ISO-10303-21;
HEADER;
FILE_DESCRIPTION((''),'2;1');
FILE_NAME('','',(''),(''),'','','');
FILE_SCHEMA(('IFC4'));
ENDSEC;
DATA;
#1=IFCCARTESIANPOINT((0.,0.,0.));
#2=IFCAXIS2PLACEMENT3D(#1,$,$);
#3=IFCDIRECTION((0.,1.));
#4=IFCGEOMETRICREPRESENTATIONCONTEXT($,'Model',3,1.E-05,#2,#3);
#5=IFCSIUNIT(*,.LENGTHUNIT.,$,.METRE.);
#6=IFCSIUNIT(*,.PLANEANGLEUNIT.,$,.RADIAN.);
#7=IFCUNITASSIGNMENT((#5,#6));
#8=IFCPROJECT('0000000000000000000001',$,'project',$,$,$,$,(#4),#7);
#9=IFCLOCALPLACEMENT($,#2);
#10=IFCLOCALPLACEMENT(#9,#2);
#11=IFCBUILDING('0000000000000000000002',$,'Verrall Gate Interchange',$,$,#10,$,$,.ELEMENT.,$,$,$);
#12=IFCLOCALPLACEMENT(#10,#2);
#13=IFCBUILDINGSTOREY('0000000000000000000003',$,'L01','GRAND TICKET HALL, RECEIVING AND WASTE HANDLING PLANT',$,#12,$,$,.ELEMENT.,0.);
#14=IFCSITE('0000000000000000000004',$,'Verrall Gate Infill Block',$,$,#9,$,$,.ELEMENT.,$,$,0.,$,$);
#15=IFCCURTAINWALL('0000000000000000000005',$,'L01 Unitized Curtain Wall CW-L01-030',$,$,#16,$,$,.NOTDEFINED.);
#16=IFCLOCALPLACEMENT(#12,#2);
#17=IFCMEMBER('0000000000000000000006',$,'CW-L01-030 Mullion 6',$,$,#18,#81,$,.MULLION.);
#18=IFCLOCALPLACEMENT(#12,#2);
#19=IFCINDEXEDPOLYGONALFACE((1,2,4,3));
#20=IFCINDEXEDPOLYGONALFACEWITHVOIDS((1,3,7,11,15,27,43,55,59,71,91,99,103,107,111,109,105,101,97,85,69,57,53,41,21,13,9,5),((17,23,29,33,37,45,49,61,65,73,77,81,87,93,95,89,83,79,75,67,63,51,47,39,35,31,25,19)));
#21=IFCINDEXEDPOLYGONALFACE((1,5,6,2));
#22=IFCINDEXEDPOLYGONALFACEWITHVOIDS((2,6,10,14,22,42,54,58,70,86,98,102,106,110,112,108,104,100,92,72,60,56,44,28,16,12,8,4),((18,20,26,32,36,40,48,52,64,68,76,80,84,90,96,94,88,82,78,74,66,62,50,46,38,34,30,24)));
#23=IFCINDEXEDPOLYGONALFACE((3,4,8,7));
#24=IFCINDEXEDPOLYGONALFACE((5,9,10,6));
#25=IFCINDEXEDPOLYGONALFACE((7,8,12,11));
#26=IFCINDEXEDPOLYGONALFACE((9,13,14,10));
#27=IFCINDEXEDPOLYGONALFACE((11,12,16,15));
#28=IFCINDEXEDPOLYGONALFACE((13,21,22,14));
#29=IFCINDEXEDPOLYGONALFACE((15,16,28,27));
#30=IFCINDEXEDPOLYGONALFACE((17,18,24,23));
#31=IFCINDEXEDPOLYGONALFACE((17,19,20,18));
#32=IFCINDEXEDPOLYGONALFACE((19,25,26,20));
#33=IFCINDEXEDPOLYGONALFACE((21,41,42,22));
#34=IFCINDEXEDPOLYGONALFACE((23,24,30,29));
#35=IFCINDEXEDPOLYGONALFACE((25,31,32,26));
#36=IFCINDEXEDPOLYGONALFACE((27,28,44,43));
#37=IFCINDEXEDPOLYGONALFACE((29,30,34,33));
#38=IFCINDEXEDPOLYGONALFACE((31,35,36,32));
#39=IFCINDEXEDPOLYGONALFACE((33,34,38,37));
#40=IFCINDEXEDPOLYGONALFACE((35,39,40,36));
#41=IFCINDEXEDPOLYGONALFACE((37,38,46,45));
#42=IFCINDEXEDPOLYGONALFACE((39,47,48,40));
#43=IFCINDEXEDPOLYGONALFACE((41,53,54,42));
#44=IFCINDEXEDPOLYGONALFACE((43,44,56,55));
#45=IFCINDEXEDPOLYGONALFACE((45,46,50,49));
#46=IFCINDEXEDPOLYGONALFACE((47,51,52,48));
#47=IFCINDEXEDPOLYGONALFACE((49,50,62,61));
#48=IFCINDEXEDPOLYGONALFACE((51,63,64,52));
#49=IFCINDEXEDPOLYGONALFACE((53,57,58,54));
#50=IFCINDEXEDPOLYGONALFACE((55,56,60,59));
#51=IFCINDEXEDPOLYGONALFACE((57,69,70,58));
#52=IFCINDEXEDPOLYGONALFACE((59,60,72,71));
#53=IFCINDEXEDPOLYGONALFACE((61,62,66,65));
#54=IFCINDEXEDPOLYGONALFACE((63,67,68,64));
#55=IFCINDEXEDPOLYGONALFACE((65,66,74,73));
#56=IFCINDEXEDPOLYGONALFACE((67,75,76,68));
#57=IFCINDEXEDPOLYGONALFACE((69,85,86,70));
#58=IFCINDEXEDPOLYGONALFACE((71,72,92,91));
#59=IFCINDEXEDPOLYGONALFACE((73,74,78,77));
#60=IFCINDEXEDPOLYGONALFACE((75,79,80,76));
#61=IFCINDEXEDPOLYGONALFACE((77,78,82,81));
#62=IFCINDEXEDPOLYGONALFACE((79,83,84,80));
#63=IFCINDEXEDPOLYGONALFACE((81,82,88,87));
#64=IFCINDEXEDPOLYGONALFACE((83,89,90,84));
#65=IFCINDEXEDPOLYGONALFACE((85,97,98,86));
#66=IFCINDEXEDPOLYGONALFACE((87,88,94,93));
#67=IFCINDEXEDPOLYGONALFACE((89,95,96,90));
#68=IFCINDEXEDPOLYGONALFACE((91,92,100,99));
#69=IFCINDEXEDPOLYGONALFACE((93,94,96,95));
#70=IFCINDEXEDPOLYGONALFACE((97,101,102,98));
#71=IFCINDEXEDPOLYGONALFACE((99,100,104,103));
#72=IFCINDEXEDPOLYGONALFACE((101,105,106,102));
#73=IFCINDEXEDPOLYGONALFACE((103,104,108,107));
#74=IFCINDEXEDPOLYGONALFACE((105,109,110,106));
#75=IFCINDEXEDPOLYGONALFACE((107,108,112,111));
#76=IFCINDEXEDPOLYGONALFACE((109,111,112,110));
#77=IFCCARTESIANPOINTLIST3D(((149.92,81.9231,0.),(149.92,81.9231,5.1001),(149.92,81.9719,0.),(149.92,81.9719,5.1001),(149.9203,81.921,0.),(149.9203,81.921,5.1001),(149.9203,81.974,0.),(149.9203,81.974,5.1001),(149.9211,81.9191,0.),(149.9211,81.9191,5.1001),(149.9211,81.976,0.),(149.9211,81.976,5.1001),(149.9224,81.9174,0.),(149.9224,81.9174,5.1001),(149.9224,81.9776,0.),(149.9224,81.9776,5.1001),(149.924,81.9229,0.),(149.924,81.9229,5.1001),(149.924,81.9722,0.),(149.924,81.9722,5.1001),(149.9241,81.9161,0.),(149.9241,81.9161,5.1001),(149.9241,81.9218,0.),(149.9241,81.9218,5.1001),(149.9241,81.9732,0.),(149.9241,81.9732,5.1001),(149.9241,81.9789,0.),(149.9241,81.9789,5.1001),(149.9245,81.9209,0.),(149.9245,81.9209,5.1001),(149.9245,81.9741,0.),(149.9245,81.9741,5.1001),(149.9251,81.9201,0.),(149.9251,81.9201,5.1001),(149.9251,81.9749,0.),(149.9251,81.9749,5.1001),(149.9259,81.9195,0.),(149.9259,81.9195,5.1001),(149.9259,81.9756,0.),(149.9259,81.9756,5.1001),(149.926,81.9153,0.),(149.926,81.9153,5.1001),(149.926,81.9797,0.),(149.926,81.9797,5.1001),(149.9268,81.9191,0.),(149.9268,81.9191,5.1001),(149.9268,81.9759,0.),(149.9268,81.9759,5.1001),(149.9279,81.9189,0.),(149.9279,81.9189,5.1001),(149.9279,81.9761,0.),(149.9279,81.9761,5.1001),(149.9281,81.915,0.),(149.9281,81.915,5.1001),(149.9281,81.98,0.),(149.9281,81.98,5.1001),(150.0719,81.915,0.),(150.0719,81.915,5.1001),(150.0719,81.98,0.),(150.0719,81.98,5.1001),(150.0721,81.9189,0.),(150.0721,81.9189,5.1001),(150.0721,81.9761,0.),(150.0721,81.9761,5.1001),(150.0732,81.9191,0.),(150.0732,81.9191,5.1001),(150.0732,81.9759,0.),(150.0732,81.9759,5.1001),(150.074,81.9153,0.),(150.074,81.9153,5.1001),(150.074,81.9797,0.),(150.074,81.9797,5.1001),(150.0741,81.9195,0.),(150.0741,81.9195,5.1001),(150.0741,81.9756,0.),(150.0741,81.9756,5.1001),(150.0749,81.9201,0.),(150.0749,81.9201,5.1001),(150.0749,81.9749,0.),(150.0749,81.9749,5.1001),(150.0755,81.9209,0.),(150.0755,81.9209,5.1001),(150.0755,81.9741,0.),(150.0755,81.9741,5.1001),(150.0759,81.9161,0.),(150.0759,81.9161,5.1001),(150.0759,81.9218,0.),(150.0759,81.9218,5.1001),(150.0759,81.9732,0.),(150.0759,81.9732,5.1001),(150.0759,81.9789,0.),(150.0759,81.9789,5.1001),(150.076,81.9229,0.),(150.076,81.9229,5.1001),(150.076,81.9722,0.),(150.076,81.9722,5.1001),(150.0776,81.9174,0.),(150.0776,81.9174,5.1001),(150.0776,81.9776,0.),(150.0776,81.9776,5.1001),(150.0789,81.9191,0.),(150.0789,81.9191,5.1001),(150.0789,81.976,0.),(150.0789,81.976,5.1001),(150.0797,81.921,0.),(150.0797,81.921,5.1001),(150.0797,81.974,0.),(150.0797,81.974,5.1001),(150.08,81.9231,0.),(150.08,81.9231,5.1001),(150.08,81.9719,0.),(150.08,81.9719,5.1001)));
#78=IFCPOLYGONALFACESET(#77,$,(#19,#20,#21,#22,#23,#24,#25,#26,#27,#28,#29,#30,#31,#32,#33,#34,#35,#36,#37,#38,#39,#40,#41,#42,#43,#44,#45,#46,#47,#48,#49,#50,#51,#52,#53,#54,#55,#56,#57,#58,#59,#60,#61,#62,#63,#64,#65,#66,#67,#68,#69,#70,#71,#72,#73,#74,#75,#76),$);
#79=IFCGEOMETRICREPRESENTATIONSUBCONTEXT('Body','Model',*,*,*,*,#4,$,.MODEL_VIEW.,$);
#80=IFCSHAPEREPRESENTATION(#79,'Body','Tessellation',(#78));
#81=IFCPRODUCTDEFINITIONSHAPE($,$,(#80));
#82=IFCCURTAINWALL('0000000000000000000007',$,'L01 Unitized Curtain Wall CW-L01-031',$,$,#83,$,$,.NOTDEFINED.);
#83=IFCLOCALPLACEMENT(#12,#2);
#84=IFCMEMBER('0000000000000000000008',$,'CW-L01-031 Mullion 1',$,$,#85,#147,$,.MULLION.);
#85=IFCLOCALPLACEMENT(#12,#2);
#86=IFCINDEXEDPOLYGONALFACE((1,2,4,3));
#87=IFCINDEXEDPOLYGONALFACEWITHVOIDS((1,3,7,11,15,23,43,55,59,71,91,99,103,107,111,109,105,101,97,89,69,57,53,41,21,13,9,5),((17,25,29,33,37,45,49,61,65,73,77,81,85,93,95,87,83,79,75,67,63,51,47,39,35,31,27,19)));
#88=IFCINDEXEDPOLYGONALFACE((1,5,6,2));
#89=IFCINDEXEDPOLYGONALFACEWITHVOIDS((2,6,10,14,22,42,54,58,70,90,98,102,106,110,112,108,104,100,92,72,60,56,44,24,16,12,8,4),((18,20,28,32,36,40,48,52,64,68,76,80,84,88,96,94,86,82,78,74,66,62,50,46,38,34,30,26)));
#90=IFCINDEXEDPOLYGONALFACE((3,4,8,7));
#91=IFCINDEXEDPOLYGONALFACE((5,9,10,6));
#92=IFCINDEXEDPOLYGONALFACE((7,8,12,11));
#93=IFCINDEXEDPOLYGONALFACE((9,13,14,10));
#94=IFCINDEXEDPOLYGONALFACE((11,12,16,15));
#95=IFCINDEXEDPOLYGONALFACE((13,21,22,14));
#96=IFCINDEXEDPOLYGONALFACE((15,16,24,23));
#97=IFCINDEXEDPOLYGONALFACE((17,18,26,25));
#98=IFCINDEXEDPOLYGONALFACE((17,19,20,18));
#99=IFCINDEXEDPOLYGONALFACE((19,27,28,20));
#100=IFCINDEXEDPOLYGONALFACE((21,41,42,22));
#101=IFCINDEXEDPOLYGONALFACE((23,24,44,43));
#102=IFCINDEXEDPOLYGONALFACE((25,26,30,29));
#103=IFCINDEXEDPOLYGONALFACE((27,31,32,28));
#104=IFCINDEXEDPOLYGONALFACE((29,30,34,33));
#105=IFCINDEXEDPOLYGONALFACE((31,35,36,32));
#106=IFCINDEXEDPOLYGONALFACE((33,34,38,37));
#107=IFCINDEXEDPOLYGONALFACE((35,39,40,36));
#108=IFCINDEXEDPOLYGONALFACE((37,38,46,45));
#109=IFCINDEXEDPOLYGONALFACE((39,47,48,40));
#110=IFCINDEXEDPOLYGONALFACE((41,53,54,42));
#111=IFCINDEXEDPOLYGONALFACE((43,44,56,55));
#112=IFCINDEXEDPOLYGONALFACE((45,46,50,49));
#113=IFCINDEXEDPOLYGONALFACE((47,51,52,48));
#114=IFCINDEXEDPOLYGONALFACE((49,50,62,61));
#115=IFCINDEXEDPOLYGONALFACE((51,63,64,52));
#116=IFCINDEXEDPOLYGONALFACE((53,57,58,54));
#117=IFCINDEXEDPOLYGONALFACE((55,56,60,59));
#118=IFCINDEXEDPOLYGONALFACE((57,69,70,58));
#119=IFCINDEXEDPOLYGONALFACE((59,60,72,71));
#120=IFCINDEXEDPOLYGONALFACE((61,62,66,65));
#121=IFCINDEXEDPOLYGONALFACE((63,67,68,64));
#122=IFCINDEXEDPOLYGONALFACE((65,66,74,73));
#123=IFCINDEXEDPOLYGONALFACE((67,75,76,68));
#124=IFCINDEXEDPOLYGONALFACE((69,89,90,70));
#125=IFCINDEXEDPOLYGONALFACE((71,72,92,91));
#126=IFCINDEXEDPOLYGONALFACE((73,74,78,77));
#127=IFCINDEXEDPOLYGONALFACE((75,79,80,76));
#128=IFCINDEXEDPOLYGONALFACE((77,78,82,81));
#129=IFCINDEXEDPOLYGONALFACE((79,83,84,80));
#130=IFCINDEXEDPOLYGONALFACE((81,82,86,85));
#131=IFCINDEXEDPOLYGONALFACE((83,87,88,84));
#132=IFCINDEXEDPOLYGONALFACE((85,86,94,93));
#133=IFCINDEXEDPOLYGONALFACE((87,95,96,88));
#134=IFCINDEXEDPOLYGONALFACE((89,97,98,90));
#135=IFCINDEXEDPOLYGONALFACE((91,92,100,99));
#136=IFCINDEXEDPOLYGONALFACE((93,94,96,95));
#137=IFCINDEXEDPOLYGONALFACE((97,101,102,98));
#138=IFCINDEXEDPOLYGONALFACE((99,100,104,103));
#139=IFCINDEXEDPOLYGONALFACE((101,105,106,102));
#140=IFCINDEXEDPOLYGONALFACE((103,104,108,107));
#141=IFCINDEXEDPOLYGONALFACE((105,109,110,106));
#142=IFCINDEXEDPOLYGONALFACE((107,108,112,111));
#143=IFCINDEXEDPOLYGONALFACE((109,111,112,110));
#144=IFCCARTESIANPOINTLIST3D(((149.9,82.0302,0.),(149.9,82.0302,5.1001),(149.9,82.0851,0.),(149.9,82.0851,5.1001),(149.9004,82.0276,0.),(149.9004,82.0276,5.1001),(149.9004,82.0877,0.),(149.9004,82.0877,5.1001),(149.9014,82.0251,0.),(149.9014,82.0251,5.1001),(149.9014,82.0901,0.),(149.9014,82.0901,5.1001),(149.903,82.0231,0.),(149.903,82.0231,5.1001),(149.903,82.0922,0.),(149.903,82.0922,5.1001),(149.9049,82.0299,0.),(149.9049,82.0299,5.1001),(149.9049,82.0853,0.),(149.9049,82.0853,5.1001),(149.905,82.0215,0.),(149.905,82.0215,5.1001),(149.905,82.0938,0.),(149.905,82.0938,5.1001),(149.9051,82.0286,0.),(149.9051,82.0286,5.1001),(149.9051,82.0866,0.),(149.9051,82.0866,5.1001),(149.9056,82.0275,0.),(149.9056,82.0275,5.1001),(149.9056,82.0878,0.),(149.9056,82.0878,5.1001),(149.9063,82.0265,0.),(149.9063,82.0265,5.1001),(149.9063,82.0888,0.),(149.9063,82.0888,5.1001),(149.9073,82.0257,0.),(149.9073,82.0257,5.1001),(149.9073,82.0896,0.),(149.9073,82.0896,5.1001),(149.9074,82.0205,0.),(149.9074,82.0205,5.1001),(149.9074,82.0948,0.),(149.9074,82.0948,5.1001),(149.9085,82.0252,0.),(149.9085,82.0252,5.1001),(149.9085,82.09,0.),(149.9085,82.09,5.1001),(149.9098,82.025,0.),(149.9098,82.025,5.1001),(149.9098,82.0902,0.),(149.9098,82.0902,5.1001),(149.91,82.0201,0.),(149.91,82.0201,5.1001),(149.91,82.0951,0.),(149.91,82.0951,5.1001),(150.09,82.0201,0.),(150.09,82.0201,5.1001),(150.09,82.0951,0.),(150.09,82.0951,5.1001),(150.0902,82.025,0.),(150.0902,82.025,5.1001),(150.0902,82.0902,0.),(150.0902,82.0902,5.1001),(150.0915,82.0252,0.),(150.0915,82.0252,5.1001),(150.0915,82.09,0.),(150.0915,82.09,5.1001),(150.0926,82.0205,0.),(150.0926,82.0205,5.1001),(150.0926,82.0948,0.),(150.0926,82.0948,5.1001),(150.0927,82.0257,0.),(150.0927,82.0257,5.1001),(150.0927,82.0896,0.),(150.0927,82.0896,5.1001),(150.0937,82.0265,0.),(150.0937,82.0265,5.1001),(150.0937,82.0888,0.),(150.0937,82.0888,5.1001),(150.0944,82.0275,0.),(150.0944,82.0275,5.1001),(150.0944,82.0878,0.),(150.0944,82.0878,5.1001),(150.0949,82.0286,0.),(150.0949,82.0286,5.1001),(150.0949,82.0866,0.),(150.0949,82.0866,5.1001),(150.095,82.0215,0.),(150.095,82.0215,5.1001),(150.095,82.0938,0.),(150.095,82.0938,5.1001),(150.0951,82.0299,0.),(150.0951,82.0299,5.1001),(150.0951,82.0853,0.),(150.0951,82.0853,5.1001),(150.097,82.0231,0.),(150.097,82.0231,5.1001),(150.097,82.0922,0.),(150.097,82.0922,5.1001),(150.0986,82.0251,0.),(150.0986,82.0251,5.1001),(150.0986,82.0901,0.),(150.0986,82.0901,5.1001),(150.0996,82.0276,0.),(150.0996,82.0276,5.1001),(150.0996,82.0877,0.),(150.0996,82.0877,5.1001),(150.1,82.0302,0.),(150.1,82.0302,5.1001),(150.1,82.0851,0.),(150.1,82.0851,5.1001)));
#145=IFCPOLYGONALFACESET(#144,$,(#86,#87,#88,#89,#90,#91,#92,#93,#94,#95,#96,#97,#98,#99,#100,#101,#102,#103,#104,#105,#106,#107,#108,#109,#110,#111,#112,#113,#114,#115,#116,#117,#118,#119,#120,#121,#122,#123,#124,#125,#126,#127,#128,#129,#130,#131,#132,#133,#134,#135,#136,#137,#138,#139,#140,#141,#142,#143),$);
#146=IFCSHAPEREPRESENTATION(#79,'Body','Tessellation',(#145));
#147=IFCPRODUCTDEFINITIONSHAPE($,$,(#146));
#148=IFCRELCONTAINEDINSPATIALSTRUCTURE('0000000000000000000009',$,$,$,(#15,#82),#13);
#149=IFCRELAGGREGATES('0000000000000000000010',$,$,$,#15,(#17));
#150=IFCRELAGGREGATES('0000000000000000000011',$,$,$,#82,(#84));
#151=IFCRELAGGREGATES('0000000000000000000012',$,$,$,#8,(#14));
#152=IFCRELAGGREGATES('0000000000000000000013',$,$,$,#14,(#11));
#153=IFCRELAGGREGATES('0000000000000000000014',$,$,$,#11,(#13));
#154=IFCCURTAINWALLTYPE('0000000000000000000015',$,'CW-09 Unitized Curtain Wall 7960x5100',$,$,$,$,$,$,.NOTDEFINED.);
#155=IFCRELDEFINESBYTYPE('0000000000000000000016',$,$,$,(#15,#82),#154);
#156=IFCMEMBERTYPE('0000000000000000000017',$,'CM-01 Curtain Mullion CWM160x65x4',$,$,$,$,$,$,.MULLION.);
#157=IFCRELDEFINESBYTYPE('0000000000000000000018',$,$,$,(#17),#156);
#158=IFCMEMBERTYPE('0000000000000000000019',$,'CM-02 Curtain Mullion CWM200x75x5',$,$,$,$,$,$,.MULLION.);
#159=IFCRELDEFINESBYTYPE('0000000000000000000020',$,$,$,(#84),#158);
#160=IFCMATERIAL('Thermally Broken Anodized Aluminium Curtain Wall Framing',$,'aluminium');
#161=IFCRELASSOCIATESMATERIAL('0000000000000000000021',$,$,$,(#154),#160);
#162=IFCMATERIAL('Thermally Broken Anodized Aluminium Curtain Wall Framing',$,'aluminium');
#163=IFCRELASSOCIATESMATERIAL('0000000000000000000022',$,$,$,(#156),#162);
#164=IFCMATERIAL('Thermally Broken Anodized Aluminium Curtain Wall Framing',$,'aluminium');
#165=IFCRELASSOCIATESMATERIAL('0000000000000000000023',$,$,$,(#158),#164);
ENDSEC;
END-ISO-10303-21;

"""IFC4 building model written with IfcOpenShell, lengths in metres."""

from ifc_helpers import new_model, si_unit, direction, frame, origin, origin_2d, place, context, subcontext, project, spatial, hollow_rectangle, extrude, material, material_profile, profile_set, type_object, element, aggregate, save


model = new_model("IFC4")

# Units and contexts
model_context = context("Model", 3, precision=1e-05, world=origin(), true_north=direction((0.0, 1.0)))
body_context = subcontext(model_context, "Body", "Model", "MODEL_VIEW")
ifc_project = project(units=[si_unit("LENGTHUNIT", "METRE"), si_unit("PLANEANGLEUNIT", "RADIAN")], contexts=[model_context])

# Site, building, storey
site_placement = place(None, origin())
site = spatial("IfcSite", under=ifc_project, at=site_placement, Name="Verrall Gate Infill Block", CompositionType="ELEMENT", RefElevation=0.0)
building_placement = place(site_placement, origin())
building = spatial("IfcBuilding", under=site, at=building_placement, Name="Verrall Gate Interchange", CompositionType="ELEMENT")
storey_placement = place(building_placement, origin())
storey = spatial("IfcBuildingStorey", under=building, at=storey_placement, Name="L01", Description="GRAND TICKET HALL, RECEIVING AND WASTE HANDLING PLANT", CompositionType="ELEMENT", Elevation=0.0)

# Curtain walls, members
ifc_material_1 = material(Name="Thermally Broken Anodized Aluminium Curtain Wall Framing", Category="aluminium")
curtain_wall_type = type_object("IfcCurtainWallType", Name="CW-09 Unitized Curtain Wall 7960x5100", PredefinedType="NOTDEFINED", material=ifc_material_1)
curtain_wall_1_placement = place(storey_placement, origin())
curtain_wall_1 = element("IfcCurtainWall", 1, at=curtain_wall_1_placement, inside=storey, type_object=curtain_wall_type, Name="L01 Unitized Curtain Wall CW-L01-030", PredefinedType="NOTDEFINED")
ifc_material_2 = material(Name="Thermally Broken Anodized Aluminium Curtain Wall Framing", Category="aluminium")
ifc_material_profile_1 = material_profile(ifc_material_2, hollow_rectangle(XDim=0.0649, YDim=0.1599, WallThickness=0.0039, InnerFilletRadius=0.0039, OuterFilletRadius=0.0081, at=origin_2d()), Name="CWM160x65x4")
ifc_profile_set_1 = profile_set([ifc_material_profile_1], Name="Thermally Broken Anodized Aluminium Curtain Wall Framing")
member_type_1 = type_object("IfcMemberType", Name="CM-01 Curtain Mullion CWM160x65x4", PredefinedType="MULLION", material=ifc_profile_set_1)
member_1_placement = place(storey_placement, frame((150.0, 81.9475, 0.0), z_axis=(0.0, 0.0, 1.0), x_axis=(0.0, 1.0, 0.0)))
member_1 = element("IfcMember", 2, at=member_1_placement, type_object=member_type_1, Name="CW-L01-030 Mullion 6", PredefinedType="MULLION", context=body_context, shape_type="SweptSolid", body=[
    extrude(hollow_rectangle(XDim=0.0649, YDim=0.1599, WallThickness=0.0039, InnerFilletRadius=0.0039, OuterFilletRadius=0.0081, at=origin_2d()), origin(), (0.0, 0.0, 1.0), 5.1001),
])
curtain_wall_2_placement = place(storey_placement, origin())
curtain_wall_2 = element("IfcCurtainWall", 3, at=curtain_wall_2_placement, inside=storey, type_object=curtain_wall_type, Name="L01 Unitized Curtain Wall CW-L01-031", PredefinedType="NOTDEFINED")
ifc_material_3 = material(Name="Thermally Broken Anodized Aluminium Curtain Wall Framing", Category="aluminium")
ifc_material_profile_2 = material_profile(ifc_material_3, hollow_rectangle(XDim=0.075, YDim=0.2, WallThickness=0.0049, InnerFilletRadius=0.0049, OuterFilletRadius=0.01, at=origin_2d()), Name="CWM200x75x5")
ifc_profile_set_2 = profile_set([ifc_material_profile_2], Name="Thermally Broken Anodized Aluminium Curtain Wall Framing")
member_type_2 = type_object("IfcMemberType", Name="CM-02 Curtain Mullion CWM200x75x5", PredefinedType="MULLION", material=ifc_profile_set_2)
member_2_placement = place(storey_placement, frame((150.0, 82.0576, 0.0), z_axis=(0.0, 0.0, 1.0), x_axis=(0.0, 1.0, 0.0)))
member_2 = element("IfcMember", 4, at=member_2_placement, type_object=member_type_2, Name="CW-L01-031 Mullion 1", PredefinedType="MULLION", context=body_context, shape_type="SweptSolid", body=[
    extrude(hollow_rectangle(XDim=0.075, YDim=0.2, WallThickness=0.0049, InnerFilletRadius=0.0049, OuterFilletRadius=0.01, at=origin_2d()), origin(), (0.0, 0.0, 1.0), 5.1001),
])

aggregate(curtain_wall_1, [member_1])
aggregate(curtain_wall_2, [member_2])

save(model, "model.ifc")
